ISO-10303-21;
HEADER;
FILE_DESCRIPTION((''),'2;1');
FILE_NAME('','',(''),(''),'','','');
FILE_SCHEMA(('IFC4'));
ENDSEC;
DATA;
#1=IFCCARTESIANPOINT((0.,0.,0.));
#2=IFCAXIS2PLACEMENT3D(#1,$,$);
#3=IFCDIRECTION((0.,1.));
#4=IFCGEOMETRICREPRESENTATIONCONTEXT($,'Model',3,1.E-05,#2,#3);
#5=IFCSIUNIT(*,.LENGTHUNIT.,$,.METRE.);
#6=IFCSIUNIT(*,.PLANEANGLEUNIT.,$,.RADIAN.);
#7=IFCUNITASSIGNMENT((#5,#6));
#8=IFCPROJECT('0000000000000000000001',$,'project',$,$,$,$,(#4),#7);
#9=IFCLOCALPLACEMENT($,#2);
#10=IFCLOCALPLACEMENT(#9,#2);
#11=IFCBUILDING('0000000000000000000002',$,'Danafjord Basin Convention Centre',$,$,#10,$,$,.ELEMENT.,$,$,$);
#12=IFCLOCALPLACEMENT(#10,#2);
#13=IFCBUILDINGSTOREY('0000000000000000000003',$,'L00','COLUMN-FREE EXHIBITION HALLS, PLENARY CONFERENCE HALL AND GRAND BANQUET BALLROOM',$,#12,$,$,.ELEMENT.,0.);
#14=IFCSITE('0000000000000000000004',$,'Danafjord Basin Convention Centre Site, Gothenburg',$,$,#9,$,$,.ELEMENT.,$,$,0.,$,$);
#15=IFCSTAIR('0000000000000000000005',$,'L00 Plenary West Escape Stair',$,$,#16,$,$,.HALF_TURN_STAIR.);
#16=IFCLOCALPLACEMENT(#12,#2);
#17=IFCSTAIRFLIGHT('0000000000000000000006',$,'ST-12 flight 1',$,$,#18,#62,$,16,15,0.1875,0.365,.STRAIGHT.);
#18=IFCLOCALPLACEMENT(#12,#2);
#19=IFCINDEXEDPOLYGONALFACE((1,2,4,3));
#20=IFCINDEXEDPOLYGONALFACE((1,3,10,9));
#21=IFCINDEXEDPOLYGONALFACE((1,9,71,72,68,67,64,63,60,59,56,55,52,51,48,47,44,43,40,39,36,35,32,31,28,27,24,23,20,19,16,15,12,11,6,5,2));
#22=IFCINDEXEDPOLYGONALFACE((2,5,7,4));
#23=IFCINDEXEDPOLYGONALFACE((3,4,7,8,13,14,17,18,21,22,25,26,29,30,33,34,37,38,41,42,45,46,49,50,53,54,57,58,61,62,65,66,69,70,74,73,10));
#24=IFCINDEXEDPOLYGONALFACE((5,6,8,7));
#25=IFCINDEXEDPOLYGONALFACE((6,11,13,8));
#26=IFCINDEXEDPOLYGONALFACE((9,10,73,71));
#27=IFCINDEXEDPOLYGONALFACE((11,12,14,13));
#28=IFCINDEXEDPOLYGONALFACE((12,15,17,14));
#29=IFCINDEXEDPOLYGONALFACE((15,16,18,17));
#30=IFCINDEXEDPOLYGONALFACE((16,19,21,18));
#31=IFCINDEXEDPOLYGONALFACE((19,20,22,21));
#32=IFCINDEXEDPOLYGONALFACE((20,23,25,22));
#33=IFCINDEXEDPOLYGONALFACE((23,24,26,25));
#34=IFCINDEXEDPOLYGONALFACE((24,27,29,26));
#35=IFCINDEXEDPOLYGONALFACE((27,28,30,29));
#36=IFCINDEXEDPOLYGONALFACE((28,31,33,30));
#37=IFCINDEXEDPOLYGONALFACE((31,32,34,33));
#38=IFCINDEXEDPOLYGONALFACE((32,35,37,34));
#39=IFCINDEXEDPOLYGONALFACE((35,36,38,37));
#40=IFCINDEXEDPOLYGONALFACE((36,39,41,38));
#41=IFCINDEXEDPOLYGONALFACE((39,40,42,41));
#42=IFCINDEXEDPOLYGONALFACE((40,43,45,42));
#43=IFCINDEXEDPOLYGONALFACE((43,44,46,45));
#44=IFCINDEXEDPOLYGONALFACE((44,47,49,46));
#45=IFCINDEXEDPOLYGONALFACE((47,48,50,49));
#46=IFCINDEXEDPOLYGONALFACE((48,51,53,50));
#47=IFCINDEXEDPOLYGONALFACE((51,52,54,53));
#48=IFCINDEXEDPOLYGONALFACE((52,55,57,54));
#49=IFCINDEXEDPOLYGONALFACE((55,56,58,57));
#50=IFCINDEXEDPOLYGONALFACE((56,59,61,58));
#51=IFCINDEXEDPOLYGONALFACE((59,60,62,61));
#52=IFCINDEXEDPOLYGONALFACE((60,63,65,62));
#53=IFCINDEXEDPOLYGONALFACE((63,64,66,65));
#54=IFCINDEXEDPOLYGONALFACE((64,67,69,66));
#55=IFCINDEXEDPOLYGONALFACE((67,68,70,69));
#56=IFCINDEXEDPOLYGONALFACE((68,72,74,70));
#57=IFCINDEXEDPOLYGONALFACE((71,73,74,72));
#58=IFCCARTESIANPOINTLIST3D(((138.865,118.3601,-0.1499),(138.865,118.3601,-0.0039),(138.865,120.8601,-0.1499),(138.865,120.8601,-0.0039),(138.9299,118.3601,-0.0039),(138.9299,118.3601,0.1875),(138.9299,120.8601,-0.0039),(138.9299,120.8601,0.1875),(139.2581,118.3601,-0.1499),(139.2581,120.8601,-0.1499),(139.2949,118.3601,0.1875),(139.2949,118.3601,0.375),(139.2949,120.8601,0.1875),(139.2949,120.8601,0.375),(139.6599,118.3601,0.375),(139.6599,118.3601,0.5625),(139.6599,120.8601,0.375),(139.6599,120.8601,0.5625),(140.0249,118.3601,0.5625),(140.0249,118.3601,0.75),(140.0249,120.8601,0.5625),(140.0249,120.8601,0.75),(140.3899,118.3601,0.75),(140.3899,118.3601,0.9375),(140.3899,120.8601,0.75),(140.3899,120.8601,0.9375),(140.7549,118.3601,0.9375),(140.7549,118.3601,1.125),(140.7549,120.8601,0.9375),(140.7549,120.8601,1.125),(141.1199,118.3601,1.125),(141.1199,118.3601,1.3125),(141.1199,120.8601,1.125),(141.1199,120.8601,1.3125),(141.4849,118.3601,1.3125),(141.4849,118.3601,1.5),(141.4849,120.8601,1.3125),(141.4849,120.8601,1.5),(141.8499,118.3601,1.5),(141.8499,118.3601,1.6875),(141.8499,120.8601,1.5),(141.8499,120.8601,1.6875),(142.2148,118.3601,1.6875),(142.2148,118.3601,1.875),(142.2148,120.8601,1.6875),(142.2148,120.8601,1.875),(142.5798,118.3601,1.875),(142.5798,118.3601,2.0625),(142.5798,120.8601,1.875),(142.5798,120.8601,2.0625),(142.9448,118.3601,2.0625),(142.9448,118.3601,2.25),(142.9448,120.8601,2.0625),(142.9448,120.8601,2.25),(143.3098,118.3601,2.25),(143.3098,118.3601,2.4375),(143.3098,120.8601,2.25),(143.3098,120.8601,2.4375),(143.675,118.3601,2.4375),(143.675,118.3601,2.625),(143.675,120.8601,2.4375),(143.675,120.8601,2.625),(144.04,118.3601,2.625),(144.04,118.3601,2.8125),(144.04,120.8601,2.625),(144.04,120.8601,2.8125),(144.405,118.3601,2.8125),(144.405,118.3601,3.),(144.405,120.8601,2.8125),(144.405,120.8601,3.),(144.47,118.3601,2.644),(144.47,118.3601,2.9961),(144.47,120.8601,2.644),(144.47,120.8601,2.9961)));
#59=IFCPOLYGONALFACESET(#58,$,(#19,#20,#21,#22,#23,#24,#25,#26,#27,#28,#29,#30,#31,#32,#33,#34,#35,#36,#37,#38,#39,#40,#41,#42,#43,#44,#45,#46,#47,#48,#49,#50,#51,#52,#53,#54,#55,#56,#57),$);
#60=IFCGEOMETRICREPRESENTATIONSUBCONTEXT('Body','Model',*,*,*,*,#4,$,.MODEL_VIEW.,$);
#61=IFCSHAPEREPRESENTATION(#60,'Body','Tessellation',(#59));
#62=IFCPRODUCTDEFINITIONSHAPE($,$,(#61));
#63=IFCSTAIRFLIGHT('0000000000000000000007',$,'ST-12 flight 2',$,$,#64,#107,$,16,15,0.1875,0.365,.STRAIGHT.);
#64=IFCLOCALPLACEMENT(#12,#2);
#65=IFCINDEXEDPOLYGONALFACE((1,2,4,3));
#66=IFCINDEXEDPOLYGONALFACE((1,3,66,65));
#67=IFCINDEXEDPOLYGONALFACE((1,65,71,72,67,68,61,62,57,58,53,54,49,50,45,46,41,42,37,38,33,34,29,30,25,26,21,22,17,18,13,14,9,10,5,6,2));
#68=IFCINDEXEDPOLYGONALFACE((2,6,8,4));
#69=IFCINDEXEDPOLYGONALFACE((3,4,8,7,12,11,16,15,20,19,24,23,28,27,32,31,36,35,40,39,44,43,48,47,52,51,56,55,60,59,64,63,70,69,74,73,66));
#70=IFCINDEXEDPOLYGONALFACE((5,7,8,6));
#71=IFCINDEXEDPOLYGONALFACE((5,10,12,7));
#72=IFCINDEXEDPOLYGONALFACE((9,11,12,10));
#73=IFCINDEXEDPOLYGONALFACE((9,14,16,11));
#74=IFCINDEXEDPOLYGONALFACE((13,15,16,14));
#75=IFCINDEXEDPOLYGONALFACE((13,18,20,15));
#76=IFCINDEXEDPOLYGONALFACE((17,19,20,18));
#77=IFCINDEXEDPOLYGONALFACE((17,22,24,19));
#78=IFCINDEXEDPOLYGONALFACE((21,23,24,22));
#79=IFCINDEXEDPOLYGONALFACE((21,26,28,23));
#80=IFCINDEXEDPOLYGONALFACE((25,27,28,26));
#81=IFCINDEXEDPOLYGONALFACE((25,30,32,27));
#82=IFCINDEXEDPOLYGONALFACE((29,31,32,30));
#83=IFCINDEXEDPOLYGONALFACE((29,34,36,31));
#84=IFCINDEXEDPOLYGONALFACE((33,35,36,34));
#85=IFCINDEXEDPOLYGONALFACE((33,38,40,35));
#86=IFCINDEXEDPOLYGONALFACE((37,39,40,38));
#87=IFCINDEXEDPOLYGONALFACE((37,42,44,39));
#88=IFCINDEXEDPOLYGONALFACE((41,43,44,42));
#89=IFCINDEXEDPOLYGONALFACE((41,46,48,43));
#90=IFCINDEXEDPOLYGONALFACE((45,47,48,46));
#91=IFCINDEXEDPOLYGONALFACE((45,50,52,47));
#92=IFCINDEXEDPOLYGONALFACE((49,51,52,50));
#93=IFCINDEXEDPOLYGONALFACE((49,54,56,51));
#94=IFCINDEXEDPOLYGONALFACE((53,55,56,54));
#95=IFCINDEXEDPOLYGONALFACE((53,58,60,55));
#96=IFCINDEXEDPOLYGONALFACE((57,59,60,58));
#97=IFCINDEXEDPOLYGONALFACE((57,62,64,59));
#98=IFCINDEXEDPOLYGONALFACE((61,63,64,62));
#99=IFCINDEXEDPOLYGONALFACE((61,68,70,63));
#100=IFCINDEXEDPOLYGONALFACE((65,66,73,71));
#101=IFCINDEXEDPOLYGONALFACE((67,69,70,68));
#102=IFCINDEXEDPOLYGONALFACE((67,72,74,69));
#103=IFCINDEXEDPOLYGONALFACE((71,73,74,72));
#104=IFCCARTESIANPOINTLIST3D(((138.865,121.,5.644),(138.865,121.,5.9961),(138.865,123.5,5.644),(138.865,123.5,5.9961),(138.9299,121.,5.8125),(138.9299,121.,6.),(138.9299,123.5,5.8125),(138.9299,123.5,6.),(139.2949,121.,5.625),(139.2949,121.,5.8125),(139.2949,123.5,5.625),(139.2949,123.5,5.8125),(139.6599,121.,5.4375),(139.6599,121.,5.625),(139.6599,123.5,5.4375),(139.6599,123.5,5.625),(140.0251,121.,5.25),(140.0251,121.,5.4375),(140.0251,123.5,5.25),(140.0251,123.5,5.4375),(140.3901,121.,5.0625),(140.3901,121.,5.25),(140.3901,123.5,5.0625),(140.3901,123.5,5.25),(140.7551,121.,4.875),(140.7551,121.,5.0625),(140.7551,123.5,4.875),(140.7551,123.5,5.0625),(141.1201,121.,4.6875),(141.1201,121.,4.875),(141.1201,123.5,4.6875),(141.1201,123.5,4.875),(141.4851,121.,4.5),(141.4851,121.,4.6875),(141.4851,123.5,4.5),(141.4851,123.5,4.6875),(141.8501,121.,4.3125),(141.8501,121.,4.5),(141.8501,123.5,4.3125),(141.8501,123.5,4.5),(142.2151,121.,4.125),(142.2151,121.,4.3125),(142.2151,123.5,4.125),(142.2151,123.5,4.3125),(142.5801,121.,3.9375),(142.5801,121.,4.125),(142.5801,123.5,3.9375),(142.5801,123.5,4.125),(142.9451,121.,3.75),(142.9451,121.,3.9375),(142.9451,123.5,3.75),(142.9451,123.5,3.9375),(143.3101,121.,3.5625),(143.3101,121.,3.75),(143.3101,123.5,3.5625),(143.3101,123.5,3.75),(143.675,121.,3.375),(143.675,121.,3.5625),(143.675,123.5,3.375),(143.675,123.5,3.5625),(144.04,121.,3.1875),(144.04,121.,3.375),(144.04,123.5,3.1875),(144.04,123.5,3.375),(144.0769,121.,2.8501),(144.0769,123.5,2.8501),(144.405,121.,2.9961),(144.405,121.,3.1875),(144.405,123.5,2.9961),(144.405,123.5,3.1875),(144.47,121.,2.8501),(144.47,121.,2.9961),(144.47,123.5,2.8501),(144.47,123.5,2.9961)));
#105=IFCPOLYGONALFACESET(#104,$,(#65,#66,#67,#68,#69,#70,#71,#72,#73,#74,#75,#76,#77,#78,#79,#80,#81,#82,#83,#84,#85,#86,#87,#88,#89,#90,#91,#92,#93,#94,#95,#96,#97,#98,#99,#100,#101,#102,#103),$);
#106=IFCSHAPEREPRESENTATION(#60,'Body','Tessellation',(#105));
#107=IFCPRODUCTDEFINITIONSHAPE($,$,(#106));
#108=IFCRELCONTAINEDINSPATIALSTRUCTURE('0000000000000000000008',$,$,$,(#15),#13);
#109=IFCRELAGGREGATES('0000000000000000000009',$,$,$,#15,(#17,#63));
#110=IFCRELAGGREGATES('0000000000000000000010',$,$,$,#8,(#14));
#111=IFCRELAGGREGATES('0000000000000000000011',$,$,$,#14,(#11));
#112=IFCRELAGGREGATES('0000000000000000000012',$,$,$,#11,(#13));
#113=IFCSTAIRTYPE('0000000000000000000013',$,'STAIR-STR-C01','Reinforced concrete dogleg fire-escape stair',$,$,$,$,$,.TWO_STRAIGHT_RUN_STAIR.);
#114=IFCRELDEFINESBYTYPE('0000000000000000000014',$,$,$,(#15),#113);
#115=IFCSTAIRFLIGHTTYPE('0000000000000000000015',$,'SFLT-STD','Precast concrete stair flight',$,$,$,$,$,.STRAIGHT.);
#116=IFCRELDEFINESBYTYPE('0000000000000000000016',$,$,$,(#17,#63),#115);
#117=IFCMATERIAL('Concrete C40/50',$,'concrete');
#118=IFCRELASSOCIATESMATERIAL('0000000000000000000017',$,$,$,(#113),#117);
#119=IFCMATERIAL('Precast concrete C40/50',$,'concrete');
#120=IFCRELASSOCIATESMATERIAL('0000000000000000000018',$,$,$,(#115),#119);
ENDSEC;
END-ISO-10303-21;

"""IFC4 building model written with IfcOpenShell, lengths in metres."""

from ifc_helpers import new_model, si_unit, direction, frame, origin, place, context, subcontext, project, spatial, polyline, outline, extrude, material, type_object, element, aggregate, save


model = new_model("IFC4")

# Units and contexts
model_context = context("Model", 3, precision=1e-05, world=origin(), true_north=direction((0.0, 1.0)))
body_context = subcontext(model_context, "Body", "Model", "MODEL_VIEW")
ifc_project = project(units=[si_unit("LENGTHUNIT", "METRE"), si_unit("PLANEANGLEUNIT", "RADIAN")], contexts=[model_context])

# Site, building, storey
site_placement = place(None, origin())
site = spatial("IfcSite", under=ifc_project, at=site_placement, Name="Danafjord Basin Convention Centre Site, Gothenburg", CompositionType="ELEMENT", RefElevation=0.0)
building_placement = place(site_placement, origin())
building = spatial("IfcBuilding", under=site, at=building_placement, Name="Danafjord Basin Convention Centre", CompositionType="ELEMENT")
storey_placement = place(building_placement, origin())
storey = spatial("IfcBuildingStorey", under=building, at=storey_placement, Name="L00", Description="COLUMN-FREE EXHIBITION HALLS, PLENARY CONFERENCE HALL AND GRAND BANQUET BALLROOM", CompositionType="ELEMENT", Elevation=0.0)

# Shared definitions
ifc_material_1 = material(Name="Concrete C40/50", Category="concrete")

# Stair, stair flights
stair_type = type_object("IfcStairType", Name="STAIR-STR-C01", Description="Reinforced concrete dogleg fire-escape stair", PredefinedType="TWO_STRAIGHT_RUN_STAIR", material=ifc_material_1)
stair_placement = place(storey_placement, origin())
stair = element("IfcStair", 1, at=stair_placement, inside=storey, type_object=stair_type, Name="L00 Plenary West Escape Stair", PredefinedType="HALF_TURN_STAIR")
ifc_material_2 = material(Name="Precast concrete C40/50", Category="concrete")
stair_flight_type = type_object("IfcStairFlightType", Name="SFLT-STD", Description="Precast concrete stair flight", PredefinedType="STRAIGHT", material=ifc_material_2)
stair_flight_1_placement = place(storey_placement, frame((138.9299, 119.6101, 0.0), z_axis=(0.0, 0.0, 1.0), x_axis=(1.0, 0.0, 0.0)))
stair_flight_1 = element("IfcStairFlight", 2, at=stair_flight_1_placement, type_object=stair_flight_type, Name="ST-12 flight 1", NumberOfRisers=16, NumberOfTreads=15, PredefinedType="STRAIGHT", RiserHeight=0.1875, TreadLength=0.365, context=body_context, shape_type="SweptSolid", body=[
    extrude(outline(polyline([(-0.0649, -0.1499), (-0.0649, -0.0039), (0.0, -0.0039), (0.0, 0.1875), (0.365, 0.1875), (0.365, 0.375), (0.73, 0.375), (0.73, 0.5625), (1.095, 0.5625), (1.095, 0.75), (1.46, 0.75), (1.46, 0.9375), (1.825, 0.9375), (1.825, 1.125), (2.1899, 1.125), (2.1899, 1.3125), (2.5549, 1.3125), (2.5549, 1.5), (2.9199, 1.5), (2.9199, 1.6875), (3.2849, 1.6875), (3.2849, 1.875), (3.6499, 1.875), (3.6499, 2.0625), (4.0149, 2.0625), (4.0149, 2.25), (4.3799, 2.25), (4.3799, 2.4375), (4.7451, 2.4375), (4.7451, 2.625), (5.1101, 2.625), (5.1101, 2.8125), (5.4751, 2.8125), (5.4751, 3.0), (5.54, 2.9961), (5.54, 2.644), (0.3281, -0.1499), (-0.0649, -0.1499)])), frame((0.0, 1.25, 0.0), z_axis=(0.0, -1.0, 0.0), x_axis=(1.0, 0.0, 0.0)), (0.0, 0.0, 1.0), 2.5),
])
stair_flight_2_placement = place(storey_placement, frame((144.405, 122.25, 3.0), z_axis=(0.0, 0.0, 1.0), x_axis=(-1.0, 0.0, 0.0)))
stair_flight_2 = element("IfcStairFlight", 3, at=stair_flight_2_placement, type_object=stair_flight_type, Name="ST-12 flight 2", NumberOfRisers=16, NumberOfTreads=15, PredefinedType="STRAIGHT", RiserHeight=0.1875, TreadLength=0.365, context=body_context, shape_type="SweptSolid", body=[
    extrude(outline(polyline([(-0.0649, -0.1499), (-0.0649, -0.0039), (0.0, -0.0039), (0.0, 0.1875), (0.365, 0.1875), (0.365, 0.375), (0.73, 0.375), (0.73, 0.5625), (1.095, 0.5625), (1.095, 0.75), (1.46, 0.75), (1.46, 0.9375), (1.825, 0.9375), (1.825, 1.125), (2.1899, 1.125), (2.1899, 1.3125), (2.5549, 1.3125), (2.5549, 1.5), (2.9199, 1.5), (2.9199, 1.6875), (3.2849, 1.6875), (3.2849, 1.875), (3.6499, 1.875), (3.6499, 2.0625), (4.0149, 2.0625), (4.0149, 2.25), (4.3799, 2.25), (4.3799, 2.4375), (4.7451, 2.4375), (4.7451, 2.625), (5.1101, 2.625), (5.1101, 2.8125), (5.4751, 2.8125), (5.4751, 3.0), (5.54, 2.9961), (5.54, 2.644), (0.3281, -0.1499), (-0.0649, -0.1499)])), frame((0.0, 1.25, 0.0), z_axis=(0.0, -1.0, 0.0), x_axis=(1.0, 0.0, 0.0)), (0.0, 0.0, 1.0), 2.5),
])
aggregate(stair, [stair_flight_1, stair_flight_2])

save(model, "model.ifc")
